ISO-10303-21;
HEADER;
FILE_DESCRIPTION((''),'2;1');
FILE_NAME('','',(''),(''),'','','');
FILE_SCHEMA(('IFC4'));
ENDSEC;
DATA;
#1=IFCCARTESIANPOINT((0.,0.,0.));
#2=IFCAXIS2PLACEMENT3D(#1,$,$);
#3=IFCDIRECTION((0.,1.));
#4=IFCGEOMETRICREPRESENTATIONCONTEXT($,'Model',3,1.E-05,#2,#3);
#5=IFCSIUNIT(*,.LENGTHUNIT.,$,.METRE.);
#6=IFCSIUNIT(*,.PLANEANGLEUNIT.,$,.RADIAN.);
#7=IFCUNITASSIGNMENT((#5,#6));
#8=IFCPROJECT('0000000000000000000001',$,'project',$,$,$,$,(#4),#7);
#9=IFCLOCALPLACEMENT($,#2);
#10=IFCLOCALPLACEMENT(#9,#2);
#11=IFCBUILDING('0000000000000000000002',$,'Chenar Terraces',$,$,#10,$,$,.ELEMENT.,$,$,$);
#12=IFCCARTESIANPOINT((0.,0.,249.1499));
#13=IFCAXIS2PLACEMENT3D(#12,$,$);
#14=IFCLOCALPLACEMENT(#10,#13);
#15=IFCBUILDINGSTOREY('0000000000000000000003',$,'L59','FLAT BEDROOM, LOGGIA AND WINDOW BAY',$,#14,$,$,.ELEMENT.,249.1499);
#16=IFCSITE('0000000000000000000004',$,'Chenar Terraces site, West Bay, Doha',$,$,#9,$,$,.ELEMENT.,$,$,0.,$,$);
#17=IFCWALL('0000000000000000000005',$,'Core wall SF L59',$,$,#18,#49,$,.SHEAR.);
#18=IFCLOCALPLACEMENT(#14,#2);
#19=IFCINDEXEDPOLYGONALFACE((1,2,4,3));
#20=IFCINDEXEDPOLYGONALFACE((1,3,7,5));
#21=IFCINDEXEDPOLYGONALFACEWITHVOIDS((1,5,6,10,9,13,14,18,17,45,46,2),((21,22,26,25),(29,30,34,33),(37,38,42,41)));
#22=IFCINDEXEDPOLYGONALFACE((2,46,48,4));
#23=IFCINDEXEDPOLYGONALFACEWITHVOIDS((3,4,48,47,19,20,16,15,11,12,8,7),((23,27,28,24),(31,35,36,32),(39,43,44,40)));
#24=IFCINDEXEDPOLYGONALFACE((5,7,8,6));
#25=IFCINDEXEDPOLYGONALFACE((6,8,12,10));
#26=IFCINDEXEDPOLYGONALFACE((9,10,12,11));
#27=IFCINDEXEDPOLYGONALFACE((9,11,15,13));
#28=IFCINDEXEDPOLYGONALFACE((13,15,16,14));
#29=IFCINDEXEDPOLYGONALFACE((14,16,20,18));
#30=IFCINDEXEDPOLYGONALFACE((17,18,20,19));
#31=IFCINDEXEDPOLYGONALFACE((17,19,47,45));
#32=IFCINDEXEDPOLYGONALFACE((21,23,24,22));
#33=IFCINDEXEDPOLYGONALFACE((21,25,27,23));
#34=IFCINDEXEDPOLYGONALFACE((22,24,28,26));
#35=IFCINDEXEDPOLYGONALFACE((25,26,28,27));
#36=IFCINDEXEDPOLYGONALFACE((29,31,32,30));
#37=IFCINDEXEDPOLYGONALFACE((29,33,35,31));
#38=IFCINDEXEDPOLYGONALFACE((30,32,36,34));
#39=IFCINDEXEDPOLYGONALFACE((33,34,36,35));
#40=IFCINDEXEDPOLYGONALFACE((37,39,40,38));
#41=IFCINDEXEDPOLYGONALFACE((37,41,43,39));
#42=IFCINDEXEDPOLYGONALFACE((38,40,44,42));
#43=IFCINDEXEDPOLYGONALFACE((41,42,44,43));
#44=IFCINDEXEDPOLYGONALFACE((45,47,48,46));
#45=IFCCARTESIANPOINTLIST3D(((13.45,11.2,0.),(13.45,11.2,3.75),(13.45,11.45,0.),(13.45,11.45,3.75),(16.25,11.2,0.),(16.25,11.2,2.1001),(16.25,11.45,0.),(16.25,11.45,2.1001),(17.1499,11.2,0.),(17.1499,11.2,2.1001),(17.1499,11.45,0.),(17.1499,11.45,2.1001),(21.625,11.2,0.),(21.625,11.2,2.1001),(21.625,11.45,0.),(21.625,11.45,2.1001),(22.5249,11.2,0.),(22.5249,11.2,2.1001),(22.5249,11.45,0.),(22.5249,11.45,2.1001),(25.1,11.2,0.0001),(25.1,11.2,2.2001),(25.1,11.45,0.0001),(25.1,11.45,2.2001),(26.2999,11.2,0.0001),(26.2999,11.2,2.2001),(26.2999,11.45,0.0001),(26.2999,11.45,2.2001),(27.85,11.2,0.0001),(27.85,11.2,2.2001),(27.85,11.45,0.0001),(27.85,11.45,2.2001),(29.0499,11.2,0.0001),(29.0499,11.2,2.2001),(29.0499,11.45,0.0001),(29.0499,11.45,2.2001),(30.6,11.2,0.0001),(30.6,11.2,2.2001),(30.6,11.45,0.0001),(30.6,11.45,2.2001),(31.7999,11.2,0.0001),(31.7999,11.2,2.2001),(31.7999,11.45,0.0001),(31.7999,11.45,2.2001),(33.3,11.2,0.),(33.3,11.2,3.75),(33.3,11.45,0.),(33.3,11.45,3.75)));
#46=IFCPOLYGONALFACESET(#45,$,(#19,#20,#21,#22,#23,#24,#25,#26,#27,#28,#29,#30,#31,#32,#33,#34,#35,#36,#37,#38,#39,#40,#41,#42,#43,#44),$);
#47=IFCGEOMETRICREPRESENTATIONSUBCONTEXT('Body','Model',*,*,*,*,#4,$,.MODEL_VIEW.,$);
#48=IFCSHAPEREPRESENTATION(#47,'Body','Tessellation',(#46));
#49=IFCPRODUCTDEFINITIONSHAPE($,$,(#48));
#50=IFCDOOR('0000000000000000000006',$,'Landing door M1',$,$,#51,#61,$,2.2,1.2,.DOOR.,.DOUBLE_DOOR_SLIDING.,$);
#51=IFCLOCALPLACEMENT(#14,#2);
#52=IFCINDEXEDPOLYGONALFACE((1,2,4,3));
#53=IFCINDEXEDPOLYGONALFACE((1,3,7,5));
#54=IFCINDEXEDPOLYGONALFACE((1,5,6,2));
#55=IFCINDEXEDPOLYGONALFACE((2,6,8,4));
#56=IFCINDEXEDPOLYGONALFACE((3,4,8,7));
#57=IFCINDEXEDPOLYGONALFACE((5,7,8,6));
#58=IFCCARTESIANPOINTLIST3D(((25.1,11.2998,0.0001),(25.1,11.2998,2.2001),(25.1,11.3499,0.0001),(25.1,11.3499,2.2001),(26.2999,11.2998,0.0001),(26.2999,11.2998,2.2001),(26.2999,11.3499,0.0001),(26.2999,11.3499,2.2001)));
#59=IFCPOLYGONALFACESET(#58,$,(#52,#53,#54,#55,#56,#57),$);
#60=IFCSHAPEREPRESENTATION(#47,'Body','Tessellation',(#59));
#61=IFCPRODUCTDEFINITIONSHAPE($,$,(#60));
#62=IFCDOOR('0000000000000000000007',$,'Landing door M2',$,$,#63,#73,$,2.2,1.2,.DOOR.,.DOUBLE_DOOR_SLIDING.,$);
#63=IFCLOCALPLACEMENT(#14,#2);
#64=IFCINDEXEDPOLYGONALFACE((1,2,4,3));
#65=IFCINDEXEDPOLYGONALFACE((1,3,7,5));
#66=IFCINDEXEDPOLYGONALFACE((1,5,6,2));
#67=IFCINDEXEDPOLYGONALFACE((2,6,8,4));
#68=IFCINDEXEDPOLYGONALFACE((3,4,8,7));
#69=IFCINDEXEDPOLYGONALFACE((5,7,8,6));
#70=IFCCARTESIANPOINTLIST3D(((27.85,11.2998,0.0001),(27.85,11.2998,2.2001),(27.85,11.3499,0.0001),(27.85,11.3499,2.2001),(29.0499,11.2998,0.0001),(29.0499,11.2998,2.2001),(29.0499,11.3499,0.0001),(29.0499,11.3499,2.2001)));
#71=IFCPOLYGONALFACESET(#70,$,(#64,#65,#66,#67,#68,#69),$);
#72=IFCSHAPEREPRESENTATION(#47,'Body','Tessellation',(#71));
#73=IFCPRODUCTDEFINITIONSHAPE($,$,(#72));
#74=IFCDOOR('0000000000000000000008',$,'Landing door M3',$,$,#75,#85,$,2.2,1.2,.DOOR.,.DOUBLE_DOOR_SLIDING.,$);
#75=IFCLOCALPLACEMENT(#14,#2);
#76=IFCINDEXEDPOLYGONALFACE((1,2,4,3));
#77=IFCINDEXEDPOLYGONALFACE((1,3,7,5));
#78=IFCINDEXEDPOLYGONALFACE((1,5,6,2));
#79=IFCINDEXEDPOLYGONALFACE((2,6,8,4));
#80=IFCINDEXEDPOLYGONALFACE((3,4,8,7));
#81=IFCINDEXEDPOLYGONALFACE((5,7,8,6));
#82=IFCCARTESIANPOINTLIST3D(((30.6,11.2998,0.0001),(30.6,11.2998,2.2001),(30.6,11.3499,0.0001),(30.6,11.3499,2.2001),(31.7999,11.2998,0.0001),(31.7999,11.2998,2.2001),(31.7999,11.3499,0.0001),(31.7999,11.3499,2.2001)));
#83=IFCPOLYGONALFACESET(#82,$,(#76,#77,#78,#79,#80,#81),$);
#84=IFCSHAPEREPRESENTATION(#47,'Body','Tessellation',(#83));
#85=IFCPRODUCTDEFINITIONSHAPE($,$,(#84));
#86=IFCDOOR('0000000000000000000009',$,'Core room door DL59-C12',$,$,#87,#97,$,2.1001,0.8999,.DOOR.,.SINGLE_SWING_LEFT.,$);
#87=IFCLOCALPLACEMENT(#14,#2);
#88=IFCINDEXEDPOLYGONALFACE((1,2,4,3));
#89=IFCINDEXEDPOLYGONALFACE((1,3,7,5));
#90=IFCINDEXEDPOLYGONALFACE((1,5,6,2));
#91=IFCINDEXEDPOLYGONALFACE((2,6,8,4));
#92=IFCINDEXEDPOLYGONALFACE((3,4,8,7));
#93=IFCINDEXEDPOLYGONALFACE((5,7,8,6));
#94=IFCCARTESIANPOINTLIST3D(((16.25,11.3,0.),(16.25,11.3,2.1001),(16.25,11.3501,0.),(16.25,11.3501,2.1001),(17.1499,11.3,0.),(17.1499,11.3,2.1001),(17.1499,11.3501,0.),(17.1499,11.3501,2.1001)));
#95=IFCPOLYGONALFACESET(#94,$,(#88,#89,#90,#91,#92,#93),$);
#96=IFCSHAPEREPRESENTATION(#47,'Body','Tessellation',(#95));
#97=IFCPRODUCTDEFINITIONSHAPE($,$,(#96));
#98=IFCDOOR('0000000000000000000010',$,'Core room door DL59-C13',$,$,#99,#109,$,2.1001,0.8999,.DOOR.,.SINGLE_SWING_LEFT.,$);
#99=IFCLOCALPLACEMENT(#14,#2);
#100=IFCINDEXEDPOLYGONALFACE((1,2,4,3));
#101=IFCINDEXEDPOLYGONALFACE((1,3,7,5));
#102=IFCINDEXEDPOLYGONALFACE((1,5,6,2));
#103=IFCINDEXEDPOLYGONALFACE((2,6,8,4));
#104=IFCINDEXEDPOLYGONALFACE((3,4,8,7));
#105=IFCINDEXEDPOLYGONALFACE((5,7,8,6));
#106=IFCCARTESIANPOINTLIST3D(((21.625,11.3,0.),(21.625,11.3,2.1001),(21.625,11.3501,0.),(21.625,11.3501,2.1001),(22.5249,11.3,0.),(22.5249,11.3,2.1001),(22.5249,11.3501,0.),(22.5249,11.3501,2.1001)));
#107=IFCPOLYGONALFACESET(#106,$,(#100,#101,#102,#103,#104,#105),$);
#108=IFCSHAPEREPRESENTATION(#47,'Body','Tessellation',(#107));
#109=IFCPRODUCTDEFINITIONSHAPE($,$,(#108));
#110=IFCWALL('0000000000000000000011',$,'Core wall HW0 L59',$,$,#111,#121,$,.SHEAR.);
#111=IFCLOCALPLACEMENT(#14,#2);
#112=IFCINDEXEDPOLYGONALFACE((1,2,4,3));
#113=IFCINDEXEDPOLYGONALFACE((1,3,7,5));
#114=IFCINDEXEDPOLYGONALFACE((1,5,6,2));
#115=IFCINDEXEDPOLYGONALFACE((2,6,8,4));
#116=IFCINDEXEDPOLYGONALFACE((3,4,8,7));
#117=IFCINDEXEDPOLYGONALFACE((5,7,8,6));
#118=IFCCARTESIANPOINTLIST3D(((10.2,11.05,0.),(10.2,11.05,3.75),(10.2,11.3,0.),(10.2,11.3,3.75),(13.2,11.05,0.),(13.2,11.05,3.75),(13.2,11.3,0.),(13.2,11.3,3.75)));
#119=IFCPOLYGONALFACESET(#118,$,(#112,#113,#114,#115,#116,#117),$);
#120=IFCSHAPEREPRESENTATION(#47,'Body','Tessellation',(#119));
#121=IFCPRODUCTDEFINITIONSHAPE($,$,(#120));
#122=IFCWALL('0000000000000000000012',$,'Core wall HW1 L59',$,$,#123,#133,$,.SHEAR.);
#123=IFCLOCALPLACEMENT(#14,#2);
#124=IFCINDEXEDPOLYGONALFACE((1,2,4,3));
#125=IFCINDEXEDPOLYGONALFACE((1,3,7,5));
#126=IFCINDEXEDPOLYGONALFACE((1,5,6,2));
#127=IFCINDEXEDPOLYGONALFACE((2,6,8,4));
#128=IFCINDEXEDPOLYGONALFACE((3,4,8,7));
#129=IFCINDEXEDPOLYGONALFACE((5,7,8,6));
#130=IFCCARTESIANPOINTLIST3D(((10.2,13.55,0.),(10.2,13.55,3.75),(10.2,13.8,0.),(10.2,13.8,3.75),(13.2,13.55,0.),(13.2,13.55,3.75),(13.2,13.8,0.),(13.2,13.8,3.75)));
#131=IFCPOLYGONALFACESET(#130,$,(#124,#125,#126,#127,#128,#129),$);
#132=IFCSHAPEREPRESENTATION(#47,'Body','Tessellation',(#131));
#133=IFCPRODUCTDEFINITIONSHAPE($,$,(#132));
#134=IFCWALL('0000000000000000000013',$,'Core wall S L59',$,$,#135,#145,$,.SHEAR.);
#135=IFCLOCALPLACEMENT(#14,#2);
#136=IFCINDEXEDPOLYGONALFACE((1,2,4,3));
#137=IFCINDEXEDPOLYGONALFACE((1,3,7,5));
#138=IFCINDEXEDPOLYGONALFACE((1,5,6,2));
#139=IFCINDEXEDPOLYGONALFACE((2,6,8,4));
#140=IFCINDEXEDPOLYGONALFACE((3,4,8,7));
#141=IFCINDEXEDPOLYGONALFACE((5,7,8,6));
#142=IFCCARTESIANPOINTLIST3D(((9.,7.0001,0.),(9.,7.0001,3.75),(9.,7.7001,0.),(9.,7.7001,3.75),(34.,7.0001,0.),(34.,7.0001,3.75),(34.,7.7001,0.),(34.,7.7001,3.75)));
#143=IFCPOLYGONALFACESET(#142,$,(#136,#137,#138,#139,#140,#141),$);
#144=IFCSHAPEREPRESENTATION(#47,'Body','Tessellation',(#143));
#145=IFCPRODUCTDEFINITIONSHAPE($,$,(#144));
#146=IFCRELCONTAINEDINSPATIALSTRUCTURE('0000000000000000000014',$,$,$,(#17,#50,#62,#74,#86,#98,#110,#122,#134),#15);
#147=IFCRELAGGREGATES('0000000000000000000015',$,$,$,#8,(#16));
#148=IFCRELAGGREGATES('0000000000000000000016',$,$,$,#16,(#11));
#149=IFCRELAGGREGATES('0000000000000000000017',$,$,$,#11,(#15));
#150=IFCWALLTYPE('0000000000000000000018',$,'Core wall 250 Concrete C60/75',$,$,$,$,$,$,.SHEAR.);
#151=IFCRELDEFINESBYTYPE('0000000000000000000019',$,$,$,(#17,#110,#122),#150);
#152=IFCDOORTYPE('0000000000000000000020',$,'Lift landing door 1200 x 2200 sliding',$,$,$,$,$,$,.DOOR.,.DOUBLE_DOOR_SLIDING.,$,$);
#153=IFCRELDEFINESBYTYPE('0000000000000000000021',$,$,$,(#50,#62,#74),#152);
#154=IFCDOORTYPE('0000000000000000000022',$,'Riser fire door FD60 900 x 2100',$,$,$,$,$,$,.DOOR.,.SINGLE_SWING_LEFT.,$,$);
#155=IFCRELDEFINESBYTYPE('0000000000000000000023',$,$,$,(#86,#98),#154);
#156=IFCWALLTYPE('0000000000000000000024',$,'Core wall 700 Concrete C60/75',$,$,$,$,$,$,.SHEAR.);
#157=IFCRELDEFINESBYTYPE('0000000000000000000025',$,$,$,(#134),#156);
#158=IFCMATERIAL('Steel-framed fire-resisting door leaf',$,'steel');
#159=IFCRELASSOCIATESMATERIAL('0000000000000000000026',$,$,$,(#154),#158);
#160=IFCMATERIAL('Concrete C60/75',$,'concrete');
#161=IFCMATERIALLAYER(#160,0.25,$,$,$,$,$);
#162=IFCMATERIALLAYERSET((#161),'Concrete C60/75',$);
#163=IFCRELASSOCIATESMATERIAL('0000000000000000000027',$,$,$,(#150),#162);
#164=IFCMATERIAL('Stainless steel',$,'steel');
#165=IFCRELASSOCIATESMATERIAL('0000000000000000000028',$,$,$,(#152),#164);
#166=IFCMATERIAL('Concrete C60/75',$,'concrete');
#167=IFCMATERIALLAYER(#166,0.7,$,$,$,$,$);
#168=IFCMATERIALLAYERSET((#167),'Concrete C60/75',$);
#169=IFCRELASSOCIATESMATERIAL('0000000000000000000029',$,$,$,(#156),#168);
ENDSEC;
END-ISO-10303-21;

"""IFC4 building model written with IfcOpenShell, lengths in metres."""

from ifc_helpers import new_model, si_unit, direction, frame, frame_2d, origin, place, context, subcontext, project, spatial, rectangle, extrude, material, layer, layer_set, type_object, element, fill, save


model = new_model("IFC4")

# Units and contexts
model_context = context("Model", 3, precision=1e-05, world=origin(), true_north=direction((0.0, 1.0)))
body_context = subcontext(model_context, "Body", "Model", "MODEL_VIEW")
ifc_project = project(units=[si_unit("LENGTHUNIT", "METRE"), si_unit("PLANEANGLEUNIT", "RADIAN")], contexts=[model_context])

# Site, building, storey
site_placement = place(None, origin())
site = spatial("IfcSite", under=ifc_project, at=site_placement, Name="Chenar Terraces site, West Bay, Doha", CompositionType="ELEMENT", RefElevation=0.0)
building_placement = place(site_placement, origin())
building = spatial("IfcBuilding", under=site, at=building_placement, Name="Chenar Terraces", CompositionType="ELEMENT")
storey_placement = place(building_placement, frame((0.0, 0.0, 249.1499)))
storey = spatial("IfcBuildingStorey", under=building, at=storey_placement, Name="L59", Description="FLAT BEDROOM, LOGGIA AND WINDOW BAY", CompositionType="ELEMENT", Elevation=249.1499)

# Shared definitions
ifc_material_1 = material(Name="Steel-framed fire-resisting door leaf", Category="steel")
door_type_1 = type_object("IfcDoorType", Name="Riser fire door FD60 900 x 2100", OperationType="SINGLE_SWING_LEFT", PredefinedType="DOOR", material=ifc_material_1)

# Shared definitions
ifc_material_2 = material(Name="Concrete C60/75", Category="concrete")
ifc_layer_1 = layer(ifc_material_2, 0.25)
ifc_layer_set_1 = layer_set([ifc_layer_1], Name="Concrete C60/75")
wall_type_1 = type_object("IfcWallType", Name="Core wall 250 Concrete C60/75", PredefinedType="SHEAR", material=ifc_layer_set_1)

# Wall, openings, doors
wall_1_placement = place(storey_placement, frame((13.45, 11.325, 0.0), z_axis=(0.0, 0.0, 1.0), x_axis=(1.0, 0.0, 0.0)))
wall_1 = element("IfcWall", 1, at=wall_1_placement, inside=storey, type_object=wall_type_1, Name="Core wall SF L59", PredefinedType="SHEAR", context=body_context, shape_type="SweptSolid", body=[
    extrude(rectangle(XDim=19.8501, YDim=0.25, at=frame_2d((9.925, 0.0))), origin(), (0.0, 0.0, 1.0), 3.75),
])
opening_1_placement = place(wall_1_placement, frame((11.6499, 0.0, 0.0)))
opening_1 = element("IfcOpeningElement", 2, at=opening_1_placement, cuts=wall_1, PredefinedType="OPENING", context=body_context, shape_type="SweptSolid", body=[
    extrude(rectangle(XDim=1.2, YDim=2.2, at=frame_2d((0.6001, 1.1001))), frame((0.0, 0.135, 0.0), z_axis=(0.0, -1.0, 0.0), x_axis=(1.0, 0.0, 0.0)), (0.0, 0.0, 1.0), 0.27),
])
opening_2_placement = place(wall_1_placement, frame((14.3999, 0.0, 0.0)))
opening_2 = element("IfcOpeningElement", 3, at=opening_2_placement, cuts=wall_1, PredefinedType="OPENING", context=body_context, shape_type="SweptSolid", body=[
    extrude(rectangle(XDim=1.2, YDim=2.2, at=frame_2d((0.6001, 1.1001))), frame((0.0, 0.135, 0.0), z_axis=(0.0, -1.0, 0.0), x_axis=(1.0, 0.0, 0.0)), (0.0, 0.0, 1.0), 0.27),
])
opening_3_placement = place(wall_1_placement, frame((17.1499, 0.0, 0.0)))
opening_3 = element("IfcOpeningElement", 4, at=opening_3_placement, cuts=wall_1, PredefinedType="OPENING", context=body_context, shape_type="SweptSolid", body=[
    extrude(rectangle(XDim=1.2, YDim=2.2, at=frame_2d((0.6001, 1.1001))), frame((0.0, 0.135, 0.0), z_axis=(0.0, -1.0, 0.0), x_axis=(1.0, 0.0, 0.0)), (0.0, 0.0, 1.0), 0.27),
])
opening_4_placement = place(wall_1_placement, frame((2.8, 0.0, 0.0)))
opening_4 = element("IfcOpeningElement", 5, at=opening_4_placement, cuts=wall_1, PredefinedType="OPENING", context=body_context, shape_type="SweptSolid", body=[
    extrude(rectangle(XDim=0.8999, YDim=2.1001, at=frame_2d((0.45, 1.05))), frame((0.0, 0.135, 0.0), z_axis=(0.0, -1.0, 0.0), x_axis=(1.0, 0.0, 0.0)), (0.0, 0.0, 1.0), 0.27),
])
opening_5_placement = place(wall_1_placement, frame((8.175, 0.0, 0.0)))
opening_5 = element("IfcOpeningElement", 6, at=opening_5_placement, cuts=wall_1, PredefinedType="OPENING", context=body_context, shape_type="SweptSolid", body=[
    extrude(rectangle(XDim=0.8999, YDim=2.1001, at=frame_2d((0.45, 1.05))), frame((0.0, 0.135, 0.0), z_axis=(0.0, -1.0, 0.0), x_axis=(1.0, 0.0, 0.0)), (0.0, 0.0, 1.0), 0.27),
])
ifc_material_3 = material(Name="Stainless steel", Category="steel")
door_type_2 = type_object("IfcDoorType", Name="Lift landing door 1200 x 2200 sliding", OperationType="DOUBLE_DOOR_SLIDING", PredefinedType="DOOR", material=ifc_material_3)
door_1_placement = place(opening_1_placement, origin())
door_1 = element("IfcDoor", 7, at=door_1_placement, inside=storey, type_object=door_type_2, Name="Landing door M1", OperationType="DOUBLE_DOOR_SLIDING", OverallHeight=2.2, OverallWidth=1.2, PredefinedType="DOOR", context=body_context, shape_type="SweptSolid", body=[
    extrude(rectangle(XDim=1.2, YDim=2.2, at=frame_2d((0.6001, 1.1001))), frame((0.0, 0.0249, 0.0), z_axis=(0.0, -1.0, 0.0), x_axis=(1.0, 0.0, 0.0)), (0.0, 0.0, 1.0), 0.05),
])
fill(opening_1, door_1)
door_2_placement = place(opening_2_placement, origin())
door_2 = element("IfcDoor", 8, at=door_2_placement, inside=storey, type_object=door_type_2, Name="Landing door M2", OperationType="DOUBLE_DOOR_SLIDING", OverallHeight=2.2, OverallWidth=1.2, PredefinedType="DOOR", context=body_context, shape_type="SweptSolid", body=[
    extrude(rectangle(XDim=1.2, YDim=2.2, at=frame_2d((0.6001, 1.1001))), frame((0.0, 0.0249, 0.0), z_axis=(0.0, -1.0, 0.0), x_axis=(1.0, 0.0, 0.0)), (0.0, 0.0, 1.0), 0.05),
])
fill(opening_2, door_2)
door_3_placement = place(opening_3_placement, origin())
door_3 = element("IfcDoor", 9, at=door_3_placement, inside=storey, type_object=door_type_2, Name="Landing door M3", OperationType="DOUBLE_DOOR_SLIDING", OverallHeight=2.2, OverallWidth=1.2, PredefinedType="DOOR", context=body_context, shape_type="SweptSolid", body=[
    extrude(rectangle(XDim=1.2, YDim=2.2, at=frame_2d((0.6001, 1.1001))), frame((0.0, 0.0249, 0.0), z_axis=(0.0, -1.0, 0.0), x_axis=(1.0, 0.0, 0.0)), (0.0, 0.0, 1.0), 0.05),
])
fill(opening_3, door_3)
door_4_placement = place(opening_4_placement, frame((0.8999, 0.0, 0.0), z_axis=(0.0, 0.0, 1.0), x_axis=(-1.0, 0.0, 0.0)))
door_4 = element("IfcDoor", 10, at=door_4_placement, inside=storey, type_object=door_type_1, Name="Core room door DL59-C12", OperationType="SINGLE_SWING_LEFT", OverallHeight=2.1001, OverallWidth=0.8999, PredefinedType="DOOR", context=body_context, shape_type="SweptSolid", body=[
    extrude(rectangle(XDim=0.8999, YDim=2.1001, at=frame_2d((0.45, 1.05))), frame((0.0, 0.0249, 0.0), z_axis=(0.0, -1.0, 0.0), x_axis=(1.0, 0.0, 0.0)), (0.0, 0.0, 1.0), 0.05),
])
fill(opening_4, door_4)
door_5_placement = place(opening_5_placement, frame((0.8999, 0.0, 0.0), z_axis=(0.0, 0.0, 1.0), x_axis=(-1.0, 0.0, 0.0)))
door_5 = element("IfcDoor", 11, at=door_5_placement, inside=storey, type_object=door_type_1, Name="Core room door DL59-C13", OperationType="SINGLE_SWING_LEFT", OverallHeight=2.1001, OverallWidth=0.8999, PredefinedType="DOOR", context=body_context, shape_type="SweptSolid", body=[
    extrude(rectangle(XDim=0.8999, YDim=2.1001, at=frame_2d((0.45, 1.05))), frame((0.0, 0.0249, 0.0), z_axis=(0.0, -1.0, 0.0), x_axis=(1.0, 0.0, 0.0)), (0.0, 0.0, 1.0), 0.05),
])
fill(opening_5, door_5)

# Walls
for number, where, z_axis, x_axis, name in (
    (12, (10.2, 11.175, 0.0), (0.0, 0.0, 1.0), (1.0, 0.0, 0.0), "Core wall HW0 L59"),
    (13, (10.2, 13.675, 0.0), (0.0, 0.0, 1.0), (1.0, 0.0, 0.0), "Core wall HW1 L59"),
):
    element("IfcWall", number, at=place(storey_placement, frame(where, z_axis=z_axis, x_axis=x_axis)), inside=storey, type_object=wall_type_1, Name=name, PredefinedType="SHEAR", context=body_context, shape_type="SweptSolid", body=[
        extrude(rectangle(XDim=3.0, YDim=0.25, at=frame_2d((1.5, 0.0))), origin(), (0.0, 0.0, 1.0), 3.75),
    ])
ifc_material_4 = material(Name="Concrete C60/75", Category="concrete")
ifc_layer_2 = layer(ifc_material_4, 0.7)
ifc_layer_set_2 = layer_set([ifc_layer_2], Name="Concrete C60/75")
wall_type_2 = type_object("IfcWallType", Name="Core wall 700 Concrete C60/75", PredefinedType="SHEAR", material=ifc_layer_set_2)
wall_2_placement = place(storey_placement, frame((9.0, 7.3501, 0.0), z_axis=(0.0, 0.0, 1.0), x_axis=(1.0, 0.0, 0.0)))
element("IfcWall", 14, at=wall_2_placement, inside=storey, type_object=wall_type_2, Name="Core wall S L59", PredefinedType="SHEAR", context=body_context, shape_type="SweptSolid", body=[
    extrude(rectangle(XDim=25.0, YDim=0.7, at=frame_2d((12.5, 0.0))), origin(), (0.0, 0.0, 1.0), 3.75),
])

save(model, "model.ifc")
